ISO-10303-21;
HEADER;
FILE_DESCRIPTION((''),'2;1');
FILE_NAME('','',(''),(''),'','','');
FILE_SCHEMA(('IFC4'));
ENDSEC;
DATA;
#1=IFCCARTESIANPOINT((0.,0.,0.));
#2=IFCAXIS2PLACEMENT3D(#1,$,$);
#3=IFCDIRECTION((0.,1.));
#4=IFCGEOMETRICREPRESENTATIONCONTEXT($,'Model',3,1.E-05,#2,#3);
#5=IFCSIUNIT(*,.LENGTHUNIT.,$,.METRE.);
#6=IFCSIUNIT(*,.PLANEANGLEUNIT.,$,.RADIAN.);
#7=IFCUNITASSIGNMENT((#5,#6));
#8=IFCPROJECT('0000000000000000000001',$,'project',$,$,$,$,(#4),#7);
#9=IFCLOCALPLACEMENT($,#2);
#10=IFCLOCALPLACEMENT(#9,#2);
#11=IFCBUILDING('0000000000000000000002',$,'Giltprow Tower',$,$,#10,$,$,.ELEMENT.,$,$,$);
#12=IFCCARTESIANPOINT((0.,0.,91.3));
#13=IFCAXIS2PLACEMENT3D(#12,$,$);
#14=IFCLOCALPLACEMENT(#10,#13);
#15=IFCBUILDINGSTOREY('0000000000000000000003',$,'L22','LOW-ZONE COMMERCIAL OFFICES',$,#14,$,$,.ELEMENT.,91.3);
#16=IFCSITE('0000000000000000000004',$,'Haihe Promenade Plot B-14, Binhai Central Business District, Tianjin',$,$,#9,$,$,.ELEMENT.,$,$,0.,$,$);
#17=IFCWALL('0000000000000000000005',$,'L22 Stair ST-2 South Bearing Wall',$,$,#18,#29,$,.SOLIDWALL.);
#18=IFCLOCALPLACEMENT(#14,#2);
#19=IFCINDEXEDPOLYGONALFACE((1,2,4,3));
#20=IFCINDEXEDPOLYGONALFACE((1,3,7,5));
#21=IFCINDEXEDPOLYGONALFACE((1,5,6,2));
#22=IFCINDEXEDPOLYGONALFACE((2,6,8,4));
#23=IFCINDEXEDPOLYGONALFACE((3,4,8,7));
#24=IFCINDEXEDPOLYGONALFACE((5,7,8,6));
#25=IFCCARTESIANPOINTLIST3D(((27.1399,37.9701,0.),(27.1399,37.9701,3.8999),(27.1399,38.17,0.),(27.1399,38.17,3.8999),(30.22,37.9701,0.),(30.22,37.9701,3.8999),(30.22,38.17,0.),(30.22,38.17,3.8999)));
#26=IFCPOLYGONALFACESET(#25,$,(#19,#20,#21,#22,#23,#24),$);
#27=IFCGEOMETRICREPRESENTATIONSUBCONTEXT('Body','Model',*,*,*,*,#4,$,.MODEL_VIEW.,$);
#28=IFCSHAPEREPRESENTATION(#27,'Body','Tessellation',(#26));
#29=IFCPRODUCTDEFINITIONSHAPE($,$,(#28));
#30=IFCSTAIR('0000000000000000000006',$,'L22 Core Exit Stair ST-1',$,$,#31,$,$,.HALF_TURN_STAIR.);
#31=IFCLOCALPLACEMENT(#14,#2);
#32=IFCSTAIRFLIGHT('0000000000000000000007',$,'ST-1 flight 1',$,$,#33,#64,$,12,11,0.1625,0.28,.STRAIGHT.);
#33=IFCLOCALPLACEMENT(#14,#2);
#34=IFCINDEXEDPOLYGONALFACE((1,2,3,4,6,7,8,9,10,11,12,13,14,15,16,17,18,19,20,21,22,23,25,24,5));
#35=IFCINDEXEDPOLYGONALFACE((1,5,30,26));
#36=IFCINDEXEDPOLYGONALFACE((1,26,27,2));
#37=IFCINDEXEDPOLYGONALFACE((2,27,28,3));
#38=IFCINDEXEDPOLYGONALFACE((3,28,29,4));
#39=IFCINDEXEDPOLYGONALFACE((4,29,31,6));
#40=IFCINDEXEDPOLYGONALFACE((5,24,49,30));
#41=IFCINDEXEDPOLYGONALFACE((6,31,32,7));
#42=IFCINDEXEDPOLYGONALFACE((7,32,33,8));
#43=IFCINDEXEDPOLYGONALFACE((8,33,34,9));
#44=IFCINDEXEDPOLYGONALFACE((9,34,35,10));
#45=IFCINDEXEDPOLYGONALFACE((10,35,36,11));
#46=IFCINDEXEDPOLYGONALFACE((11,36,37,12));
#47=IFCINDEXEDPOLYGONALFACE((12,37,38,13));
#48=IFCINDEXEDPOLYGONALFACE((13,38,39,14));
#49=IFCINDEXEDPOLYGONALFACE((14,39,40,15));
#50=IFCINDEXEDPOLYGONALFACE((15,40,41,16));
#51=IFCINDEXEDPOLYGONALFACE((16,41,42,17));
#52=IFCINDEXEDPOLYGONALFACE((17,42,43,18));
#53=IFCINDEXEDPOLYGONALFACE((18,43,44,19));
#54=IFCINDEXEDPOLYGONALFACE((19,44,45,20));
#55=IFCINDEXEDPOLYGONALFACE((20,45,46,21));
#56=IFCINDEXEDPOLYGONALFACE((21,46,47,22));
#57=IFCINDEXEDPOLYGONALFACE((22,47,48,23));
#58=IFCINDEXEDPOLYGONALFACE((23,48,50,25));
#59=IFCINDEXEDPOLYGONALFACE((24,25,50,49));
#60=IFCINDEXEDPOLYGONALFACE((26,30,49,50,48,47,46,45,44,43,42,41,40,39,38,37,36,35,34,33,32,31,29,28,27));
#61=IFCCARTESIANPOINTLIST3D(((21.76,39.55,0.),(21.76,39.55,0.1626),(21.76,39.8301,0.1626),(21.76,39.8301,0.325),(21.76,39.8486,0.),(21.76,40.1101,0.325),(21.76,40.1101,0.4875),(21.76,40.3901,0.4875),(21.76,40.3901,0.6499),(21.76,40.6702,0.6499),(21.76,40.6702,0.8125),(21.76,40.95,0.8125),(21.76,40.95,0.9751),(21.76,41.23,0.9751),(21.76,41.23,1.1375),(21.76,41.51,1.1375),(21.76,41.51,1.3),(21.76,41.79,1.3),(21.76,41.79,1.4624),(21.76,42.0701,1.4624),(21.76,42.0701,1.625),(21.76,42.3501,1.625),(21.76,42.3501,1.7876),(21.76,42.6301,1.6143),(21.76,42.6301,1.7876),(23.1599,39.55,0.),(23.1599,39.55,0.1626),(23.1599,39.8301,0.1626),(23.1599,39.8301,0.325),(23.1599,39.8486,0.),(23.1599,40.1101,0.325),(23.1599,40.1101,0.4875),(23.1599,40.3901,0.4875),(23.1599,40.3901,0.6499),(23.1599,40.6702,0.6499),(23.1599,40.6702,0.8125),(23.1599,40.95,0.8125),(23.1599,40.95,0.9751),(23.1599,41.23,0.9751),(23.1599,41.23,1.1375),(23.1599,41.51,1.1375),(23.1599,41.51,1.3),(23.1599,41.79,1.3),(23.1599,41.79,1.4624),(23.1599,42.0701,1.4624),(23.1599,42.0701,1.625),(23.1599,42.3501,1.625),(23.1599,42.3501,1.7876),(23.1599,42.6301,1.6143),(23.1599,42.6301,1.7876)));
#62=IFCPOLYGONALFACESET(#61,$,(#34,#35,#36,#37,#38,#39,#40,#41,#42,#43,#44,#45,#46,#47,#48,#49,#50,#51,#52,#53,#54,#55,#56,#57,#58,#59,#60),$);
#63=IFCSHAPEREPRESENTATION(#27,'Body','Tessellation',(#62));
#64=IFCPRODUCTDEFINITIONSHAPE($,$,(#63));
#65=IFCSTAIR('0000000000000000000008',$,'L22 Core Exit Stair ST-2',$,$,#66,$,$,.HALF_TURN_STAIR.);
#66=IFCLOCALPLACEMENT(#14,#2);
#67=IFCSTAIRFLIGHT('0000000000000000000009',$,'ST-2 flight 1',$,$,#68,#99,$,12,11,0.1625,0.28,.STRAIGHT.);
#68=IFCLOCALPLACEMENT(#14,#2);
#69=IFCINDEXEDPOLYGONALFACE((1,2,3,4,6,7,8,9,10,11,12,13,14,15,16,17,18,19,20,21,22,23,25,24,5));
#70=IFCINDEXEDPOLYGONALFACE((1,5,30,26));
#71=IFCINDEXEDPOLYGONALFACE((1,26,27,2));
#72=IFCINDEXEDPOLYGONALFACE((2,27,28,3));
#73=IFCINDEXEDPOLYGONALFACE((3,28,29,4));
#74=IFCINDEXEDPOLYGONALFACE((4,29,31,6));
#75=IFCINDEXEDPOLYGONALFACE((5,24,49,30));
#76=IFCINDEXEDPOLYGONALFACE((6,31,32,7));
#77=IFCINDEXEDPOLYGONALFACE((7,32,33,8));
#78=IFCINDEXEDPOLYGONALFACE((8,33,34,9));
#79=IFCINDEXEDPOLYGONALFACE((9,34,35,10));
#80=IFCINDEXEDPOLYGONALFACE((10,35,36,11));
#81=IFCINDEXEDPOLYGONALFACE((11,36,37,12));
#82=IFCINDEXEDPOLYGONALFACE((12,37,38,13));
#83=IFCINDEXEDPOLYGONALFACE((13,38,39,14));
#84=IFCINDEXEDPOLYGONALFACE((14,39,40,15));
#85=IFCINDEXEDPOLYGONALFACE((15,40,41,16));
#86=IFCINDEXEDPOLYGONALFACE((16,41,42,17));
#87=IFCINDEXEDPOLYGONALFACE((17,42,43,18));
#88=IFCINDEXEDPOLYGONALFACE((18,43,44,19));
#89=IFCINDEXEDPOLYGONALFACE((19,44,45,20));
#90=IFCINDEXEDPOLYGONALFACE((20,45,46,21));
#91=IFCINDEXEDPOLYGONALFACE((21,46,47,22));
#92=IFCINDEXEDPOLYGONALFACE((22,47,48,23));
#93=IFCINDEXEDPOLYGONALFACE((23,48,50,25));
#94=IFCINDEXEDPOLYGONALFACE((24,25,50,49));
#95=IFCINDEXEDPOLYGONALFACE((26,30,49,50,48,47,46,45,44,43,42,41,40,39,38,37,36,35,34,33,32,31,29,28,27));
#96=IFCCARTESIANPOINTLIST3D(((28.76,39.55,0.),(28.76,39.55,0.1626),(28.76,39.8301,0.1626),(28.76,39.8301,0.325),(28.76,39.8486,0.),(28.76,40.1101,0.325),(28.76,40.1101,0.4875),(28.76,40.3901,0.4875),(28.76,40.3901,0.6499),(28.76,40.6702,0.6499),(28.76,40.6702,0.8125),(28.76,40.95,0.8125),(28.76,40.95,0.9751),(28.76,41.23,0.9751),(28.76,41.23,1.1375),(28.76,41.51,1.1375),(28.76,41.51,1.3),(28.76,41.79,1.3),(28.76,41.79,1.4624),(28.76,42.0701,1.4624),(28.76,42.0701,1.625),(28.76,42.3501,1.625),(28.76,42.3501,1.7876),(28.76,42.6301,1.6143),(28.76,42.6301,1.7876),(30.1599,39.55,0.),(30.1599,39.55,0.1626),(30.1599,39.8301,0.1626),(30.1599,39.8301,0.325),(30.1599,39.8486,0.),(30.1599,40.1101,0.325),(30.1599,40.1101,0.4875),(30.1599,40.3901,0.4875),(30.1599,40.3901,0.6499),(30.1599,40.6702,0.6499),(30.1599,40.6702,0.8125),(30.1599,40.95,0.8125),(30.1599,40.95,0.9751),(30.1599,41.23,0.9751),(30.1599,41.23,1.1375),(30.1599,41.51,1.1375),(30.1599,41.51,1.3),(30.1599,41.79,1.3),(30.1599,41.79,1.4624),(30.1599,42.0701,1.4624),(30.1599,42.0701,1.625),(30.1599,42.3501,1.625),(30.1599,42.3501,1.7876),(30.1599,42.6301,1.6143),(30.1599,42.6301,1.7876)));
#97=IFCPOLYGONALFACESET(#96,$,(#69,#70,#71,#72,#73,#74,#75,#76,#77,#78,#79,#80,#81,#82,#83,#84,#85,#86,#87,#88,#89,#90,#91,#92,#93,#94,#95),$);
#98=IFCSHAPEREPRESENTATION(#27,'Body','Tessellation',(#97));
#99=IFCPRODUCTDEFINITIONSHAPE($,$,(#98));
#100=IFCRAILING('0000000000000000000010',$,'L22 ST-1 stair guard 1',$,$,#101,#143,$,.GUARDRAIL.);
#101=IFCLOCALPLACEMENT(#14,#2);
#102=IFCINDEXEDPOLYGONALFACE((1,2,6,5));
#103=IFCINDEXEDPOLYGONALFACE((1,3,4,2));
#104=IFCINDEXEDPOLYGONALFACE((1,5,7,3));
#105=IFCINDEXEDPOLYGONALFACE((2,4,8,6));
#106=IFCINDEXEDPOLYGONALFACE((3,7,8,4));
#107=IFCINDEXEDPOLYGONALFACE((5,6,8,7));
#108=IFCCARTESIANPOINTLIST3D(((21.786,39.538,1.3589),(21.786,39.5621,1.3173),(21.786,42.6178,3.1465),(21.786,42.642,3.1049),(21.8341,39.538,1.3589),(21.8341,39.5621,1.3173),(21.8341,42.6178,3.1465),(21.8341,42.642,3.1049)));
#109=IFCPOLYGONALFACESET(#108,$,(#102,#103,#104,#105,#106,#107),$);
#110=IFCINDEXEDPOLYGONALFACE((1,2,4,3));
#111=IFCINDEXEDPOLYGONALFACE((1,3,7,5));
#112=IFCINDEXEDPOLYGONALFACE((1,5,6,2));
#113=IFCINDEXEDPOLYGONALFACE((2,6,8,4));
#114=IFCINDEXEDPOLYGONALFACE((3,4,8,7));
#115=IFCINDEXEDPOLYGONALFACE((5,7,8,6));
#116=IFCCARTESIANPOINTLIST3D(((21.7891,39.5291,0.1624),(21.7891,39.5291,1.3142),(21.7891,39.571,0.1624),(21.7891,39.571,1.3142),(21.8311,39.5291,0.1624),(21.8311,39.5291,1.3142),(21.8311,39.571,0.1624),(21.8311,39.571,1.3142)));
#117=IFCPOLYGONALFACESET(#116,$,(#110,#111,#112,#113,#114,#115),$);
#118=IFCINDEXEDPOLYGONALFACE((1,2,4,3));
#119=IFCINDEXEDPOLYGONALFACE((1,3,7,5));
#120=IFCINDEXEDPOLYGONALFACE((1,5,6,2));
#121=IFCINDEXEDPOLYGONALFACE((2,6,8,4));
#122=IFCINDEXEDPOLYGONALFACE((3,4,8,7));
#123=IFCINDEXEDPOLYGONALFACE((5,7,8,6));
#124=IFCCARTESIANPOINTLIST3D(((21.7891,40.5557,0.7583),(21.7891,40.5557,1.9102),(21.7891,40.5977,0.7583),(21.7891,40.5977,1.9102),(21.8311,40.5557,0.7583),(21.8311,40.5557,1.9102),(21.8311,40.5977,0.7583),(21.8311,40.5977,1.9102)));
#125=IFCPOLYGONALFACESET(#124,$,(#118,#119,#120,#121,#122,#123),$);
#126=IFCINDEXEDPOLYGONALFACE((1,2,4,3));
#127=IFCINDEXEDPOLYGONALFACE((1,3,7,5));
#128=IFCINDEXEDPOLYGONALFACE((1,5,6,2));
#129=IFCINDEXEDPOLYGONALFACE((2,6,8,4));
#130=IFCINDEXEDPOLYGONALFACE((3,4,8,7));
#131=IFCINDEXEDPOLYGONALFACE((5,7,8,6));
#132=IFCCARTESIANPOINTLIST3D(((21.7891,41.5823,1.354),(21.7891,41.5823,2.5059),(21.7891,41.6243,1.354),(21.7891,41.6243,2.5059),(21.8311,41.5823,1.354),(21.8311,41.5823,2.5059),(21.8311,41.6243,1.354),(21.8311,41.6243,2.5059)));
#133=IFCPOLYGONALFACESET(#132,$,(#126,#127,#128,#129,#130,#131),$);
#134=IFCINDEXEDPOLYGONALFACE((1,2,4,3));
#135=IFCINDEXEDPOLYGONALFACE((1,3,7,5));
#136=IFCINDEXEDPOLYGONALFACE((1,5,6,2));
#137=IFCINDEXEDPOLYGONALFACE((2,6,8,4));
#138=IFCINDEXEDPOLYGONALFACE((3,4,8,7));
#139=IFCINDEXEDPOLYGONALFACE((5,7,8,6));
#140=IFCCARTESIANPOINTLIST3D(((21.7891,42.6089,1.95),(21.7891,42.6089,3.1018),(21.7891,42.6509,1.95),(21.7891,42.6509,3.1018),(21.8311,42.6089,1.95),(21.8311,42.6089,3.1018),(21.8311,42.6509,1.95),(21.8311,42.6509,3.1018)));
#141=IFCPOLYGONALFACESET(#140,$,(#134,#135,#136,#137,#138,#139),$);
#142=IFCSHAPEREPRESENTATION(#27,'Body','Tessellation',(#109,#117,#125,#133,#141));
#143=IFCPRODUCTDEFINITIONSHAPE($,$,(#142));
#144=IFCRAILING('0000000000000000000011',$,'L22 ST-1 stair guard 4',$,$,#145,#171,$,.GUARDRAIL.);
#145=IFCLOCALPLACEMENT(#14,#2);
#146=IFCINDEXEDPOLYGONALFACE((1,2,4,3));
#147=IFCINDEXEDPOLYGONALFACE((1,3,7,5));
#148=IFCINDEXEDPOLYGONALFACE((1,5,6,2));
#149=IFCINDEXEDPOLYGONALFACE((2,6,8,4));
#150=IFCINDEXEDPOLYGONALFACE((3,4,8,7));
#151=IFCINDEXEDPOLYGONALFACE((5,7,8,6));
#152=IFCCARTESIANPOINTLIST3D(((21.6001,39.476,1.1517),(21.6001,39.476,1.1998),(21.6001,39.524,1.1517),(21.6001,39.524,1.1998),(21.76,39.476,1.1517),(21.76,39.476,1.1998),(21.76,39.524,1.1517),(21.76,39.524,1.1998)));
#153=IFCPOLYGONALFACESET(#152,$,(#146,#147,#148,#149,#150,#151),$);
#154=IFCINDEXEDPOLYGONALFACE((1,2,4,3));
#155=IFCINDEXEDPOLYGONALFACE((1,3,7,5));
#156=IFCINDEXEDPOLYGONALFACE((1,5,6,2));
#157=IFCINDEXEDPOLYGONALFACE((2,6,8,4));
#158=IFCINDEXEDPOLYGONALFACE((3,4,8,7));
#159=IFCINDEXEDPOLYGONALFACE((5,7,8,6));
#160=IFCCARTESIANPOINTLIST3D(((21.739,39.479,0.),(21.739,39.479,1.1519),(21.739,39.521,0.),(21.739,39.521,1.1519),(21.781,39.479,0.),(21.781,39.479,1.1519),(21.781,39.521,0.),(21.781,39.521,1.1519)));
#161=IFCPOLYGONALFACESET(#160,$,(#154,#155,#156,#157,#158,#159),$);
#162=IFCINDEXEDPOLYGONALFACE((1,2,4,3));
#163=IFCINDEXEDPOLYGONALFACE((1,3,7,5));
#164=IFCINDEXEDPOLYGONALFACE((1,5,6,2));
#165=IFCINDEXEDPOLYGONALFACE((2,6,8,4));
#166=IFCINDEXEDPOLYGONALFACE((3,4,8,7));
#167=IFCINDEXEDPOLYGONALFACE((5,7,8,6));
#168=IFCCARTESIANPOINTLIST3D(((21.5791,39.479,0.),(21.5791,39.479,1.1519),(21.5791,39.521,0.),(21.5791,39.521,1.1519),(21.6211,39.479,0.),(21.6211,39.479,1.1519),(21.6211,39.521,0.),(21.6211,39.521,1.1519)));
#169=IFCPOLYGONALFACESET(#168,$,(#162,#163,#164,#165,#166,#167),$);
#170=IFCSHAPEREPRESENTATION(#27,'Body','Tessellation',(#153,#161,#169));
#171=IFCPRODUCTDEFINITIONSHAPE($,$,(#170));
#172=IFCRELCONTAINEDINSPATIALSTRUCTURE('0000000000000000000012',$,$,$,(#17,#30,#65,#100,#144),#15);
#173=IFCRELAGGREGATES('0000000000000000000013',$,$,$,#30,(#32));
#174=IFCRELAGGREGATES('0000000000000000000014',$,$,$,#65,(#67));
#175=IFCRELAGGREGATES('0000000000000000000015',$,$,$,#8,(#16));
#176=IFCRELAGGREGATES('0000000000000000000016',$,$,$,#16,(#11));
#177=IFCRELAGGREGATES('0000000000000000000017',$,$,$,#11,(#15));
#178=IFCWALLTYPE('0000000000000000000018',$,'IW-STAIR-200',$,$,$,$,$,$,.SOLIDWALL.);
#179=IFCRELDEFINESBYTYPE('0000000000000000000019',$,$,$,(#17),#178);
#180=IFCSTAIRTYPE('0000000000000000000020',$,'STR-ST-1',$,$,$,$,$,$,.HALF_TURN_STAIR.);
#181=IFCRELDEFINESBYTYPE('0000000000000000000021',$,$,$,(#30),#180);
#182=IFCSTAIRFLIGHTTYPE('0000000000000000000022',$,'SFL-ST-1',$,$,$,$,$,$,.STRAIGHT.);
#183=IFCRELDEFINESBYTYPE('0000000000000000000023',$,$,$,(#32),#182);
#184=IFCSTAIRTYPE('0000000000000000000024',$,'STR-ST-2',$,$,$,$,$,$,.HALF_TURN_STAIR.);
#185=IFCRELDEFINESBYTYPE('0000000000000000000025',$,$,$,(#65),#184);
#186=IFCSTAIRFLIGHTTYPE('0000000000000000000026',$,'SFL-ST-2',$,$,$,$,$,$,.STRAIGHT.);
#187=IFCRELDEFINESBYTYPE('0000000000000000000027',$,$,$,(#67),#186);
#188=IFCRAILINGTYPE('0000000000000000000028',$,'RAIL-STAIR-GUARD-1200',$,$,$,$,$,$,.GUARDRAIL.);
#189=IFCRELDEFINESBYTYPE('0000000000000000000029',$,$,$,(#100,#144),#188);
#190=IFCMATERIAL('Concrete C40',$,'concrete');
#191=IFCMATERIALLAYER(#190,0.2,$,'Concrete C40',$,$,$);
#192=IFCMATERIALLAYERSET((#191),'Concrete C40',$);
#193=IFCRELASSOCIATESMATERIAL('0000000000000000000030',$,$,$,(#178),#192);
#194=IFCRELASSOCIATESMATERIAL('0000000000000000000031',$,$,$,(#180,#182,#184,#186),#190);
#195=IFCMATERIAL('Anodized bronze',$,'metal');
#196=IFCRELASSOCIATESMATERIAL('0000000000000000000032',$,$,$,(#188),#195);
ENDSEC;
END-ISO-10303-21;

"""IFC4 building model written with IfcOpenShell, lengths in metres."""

from ifc_helpers import new_model, si_unit, direction, frame, frame_2d, origin, origin_2d, place, context, subcontext, project, spatial, polyline, rectangle, outline, extrude, material, layer, layer_set, type_object, element, aggregate, save


model = new_model("IFC4")

# Units and contexts
model_context = context("Model", 3, precision=1e-05, world=origin(), true_north=direction((0.0, 1.0)))
body_context = subcontext(model_context, "Body", "Model", "MODEL_VIEW")
ifc_project = project(units=[si_unit("LENGTHUNIT", "METRE"), si_unit("PLANEANGLEUNIT", "RADIAN")], contexts=[model_context])

# Site, building, storey
site_placement = place(None, origin())
site = spatial("IfcSite", under=ifc_project, at=site_placement, Name="Haihe Promenade Plot B-14, Binhai Central Business District, Tianjin", CompositionType="ELEMENT", RefElevation=0.0)
building_placement = place(site_placement, origin())
building = spatial("IfcBuilding", under=site, at=building_placement, Name="Giltprow Tower", CompositionType="ELEMENT")
storey_placement = place(building_placement, frame((0.0, 0.0, 91.3)))
storey = spatial("IfcBuildingStorey", under=building, at=storey_placement, Name="L22", Description="LOW-ZONE COMMERCIAL OFFICES", CompositionType="ELEMENT", Elevation=91.3)

# Shared definitions
ifc_material_1 = material(Name="Concrete C40", Category="concrete")
ifc_layer = layer(ifc_material_1, 0.2, Name="Concrete C40")
ifc_layer_set = layer_set([ifc_layer], Name="Concrete C40")
wall_type = type_object("IfcWallType", Name="IW-STAIR-200", PredefinedType="SOLIDWALL", material=ifc_layer_set)

# Wall
wall_1_placement = place(storey_placement, frame((27.1399, 38.0701, 0.0), z_axis=(0.0, 0.0, 1.0), x_axis=(1.0, 0.0, 0.0)))
element("IfcWall", 1, at=wall_1_placement, inside=storey, type_object=wall_type, Name="L22 Stair ST-2 South Bearing Wall", PredefinedType="SOLIDWALL", context=body_context, shape_type="SweptSolid", body=[
    extrude(rectangle(XDim=3.0801, YDim=0.2, at=frame_2d((1.54, 0.0))), origin(), (0.0, 0.0, 1.0), 3.8999),
])

# Stairs, stair flights
stair_type_1 = type_object("IfcStairType", Name="STR-ST-1", PredefinedType="HALF_TURN_STAIR", material=ifc_material_1)
stair_1_placement = place(storey_placement, origin())
stair_1 = element("IfcStair", 2, at=stair_1_placement, inside=storey, type_object=stair_type_1, Name="L22 Core Exit Stair ST-1", PredefinedType="HALF_TURN_STAIR")
stair_flight_type_1 = type_object("IfcStairFlightType", Name="SFL-ST-1", PredefinedType="STRAIGHT", material=ifc_material_1)
stair_flight_1_placement = place(storey_placement, frame((22.46, 39.55, 0.0), z_axis=(0.0, 0.0, 1.0), x_axis=(0.0, 1.0, 0.0)))
stair_flight_1 = element("IfcStairFlight", 3, at=stair_flight_1_placement, type_object=stair_flight_type_1, Name="ST-1 flight 1", NumberOfRisers=12, NumberOfTreads=11, PredefinedType="STRAIGHT", RiserHeight=0.1625, TreadLength=0.28, context=body_context, shape_type="SweptSolid", body=[
    extrude(outline(polyline([(0.0, 0.0), (0.0, 0.1626), (0.28, 0.1626), (0.28, 0.325), (0.5601, 0.325), (0.5601, 0.4875), (0.8401, 0.4875), (0.8401, 0.6499), (1.1201, 0.6499), (1.1201, 0.8125), (1.3999, 0.8125), (1.3999, 0.9751), (1.6799, 0.9751), (1.6799, 1.1375), (1.96, 1.1375), (1.96, 1.3), (2.24, 1.3), (2.24, 1.4624), (2.52, 1.4624), (2.52, 1.625), (2.8, 1.625), (2.8, 1.7876), (3.0801, 1.7876), (3.0801, 1.95), (3.0801, 1.6143), (0.2986, 0.0), (0.0, 0.0)])), frame((0.0, 0.7, 0.0), z_axis=(0.0, -1.0, 0.0), x_axis=(1.0, 0.0, 0.0)), (0.0, 0.0, 1.0), 1.3999),
])
aggregate(stair_1, [stair_flight_1])
stair_type_2 = type_object("IfcStairType", Name="STR-ST-2", PredefinedType="HALF_TURN_STAIR", material=ifc_material_1)
stair_2_placement = place(storey_placement, origin())
stair_2 = element("IfcStair", 4, at=stair_2_placement, inside=storey, type_object=stair_type_2, Name="L22 Core Exit Stair ST-2", PredefinedType="HALF_TURN_STAIR")
stair_flight_type_2 = type_object("IfcStairFlightType", Name="SFL-ST-2", PredefinedType="STRAIGHT", material=ifc_material_1)
stair_flight_2_placement = place(storey_placement, frame((29.46, 39.55, 0.0), z_axis=(0.0, 0.0, 1.0), x_axis=(0.0, 1.0, 0.0)))
stair_flight_2 = element("IfcStairFlight", 5, at=stair_flight_2_placement, type_object=stair_flight_type_2, Name="ST-2 flight 1", NumberOfRisers=12, NumberOfTreads=11, PredefinedType="STRAIGHT", RiserHeight=0.1625, TreadLength=0.28, context=body_context, shape_type="SweptSolid", body=[
    extrude(outline(polyline([(0.0, 0.0), (0.0, 0.1626), (0.28, 0.1626), (0.28, 0.325), (0.5601, 0.325), (0.5601, 0.4875), (0.8401, 0.4875), (0.8401, 0.6499), (1.1201, 0.6499), (1.1201, 0.8125), (1.3999, 0.8125), (1.3999, 0.9751), (1.6799, 0.9751), (1.6799, 1.1375), (1.96, 1.1375), (1.96, 1.3), (2.24, 1.3), (2.24, 1.4624), (2.52, 1.4624), (2.52, 1.625), (2.8, 1.625), (2.8, 1.7876), (3.0801, 1.7876), (3.0801, 1.95), (3.0801, 1.6143), (0.2986, 0.0), (0.0, 0.0)])), frame((0.0, 0.7, 0.0), z_axis=(0.0, -1.0, 0.0), x_axis=(1.0, 0.0, 0.0)), (0.0, 0.0, 1.0), 1.3999),
])
aggregate(stair_2, [stair_flight_2])

# Railings
ifc_material_2 = material(Name="Anodized bronze", Category="metal")
railing_type_1 = type_object("IfcRailingType", Name="RAIL-STAIR-GUARD-1200", PredefinedType="GUARDRAIL", material=ifc_material_2)
railing_1_placement = place(storey_placement, frame((21.8101, 39.55, 0.1624)))
element("IfcRailing", 6, at=railing_1_placement, inside=storey, type_object=railing_type_1, Name="L22 ST-1 stair guard 1", PredefinedType="GUARDRAIL", context=body_context, shape_type="SweptSolid", body=[
    extrude(rectangle(XDim=0.0481, YDim=0.0481, at=origin_2d()), frame((0.0, 0.0, 1.1758), z_axis=(0.0, 0.864873, 0.50199), x_axis=(-1.0, 0.0, 0.0)), (0.0, 0.0, 1.0), 3.561),
    extrude(rectangle(XDim=0.042, YDim=0.042, at=origin_2d()), origin(), (0.0, 0.0, 1.0), 1.1519),
    extrude(rectangle(XDim=0.042, YDim=0.042, at=origin_2d()), frame((0.0, 1.0266, 0.5959)), (0.0, 0.0, 1.0), 1.1519),
    extrude(rectangle(XDim=0.042, YDim=0.042, at=origin_2d()), frame((0.0, 2.0532, 1.1917)), (0.0, 0.0, 1.0), 1.1519),
    extrude(rectangle(XDim=0.042, YDim=0.042, at=origin_2d()), frame((0.0, 3.0798, 1.7876)), (0.0, 0.0, 1.0), 1.1519),
])
railing_2_placement = place(storey_placement, frame((21.76, 39.5, 0.0)))
element("IfcRailing", 7, at=railing_2_placement, inside=storey, type_object=railing_type_1, Name="L22 ST-1 stair guard 4", PredefinedType="GUARDRAIL", context=body_context, shape_type="SweptSolid", body=[
    extrude(rectangle(XDim=0.0481, YDim=0.0481, at=origin_2d()), frame((0.0, 0.0, 1.1758), z_axis=(-1.0, 0.0, 0.0), x_axis=(0.0, -1.0, 0.0)), (0.0, 0.0, 1.0), 0.1599),
    extrude(rectangle(XDim=0.042, YDim=0.042, at=origin_2d()), origin(), (0.0, 0.0, 1.0), 1.1519),
    extrude(rectangle(XDim=0.042, YDim=0.042, at=origin_2d()), frame((-0.1599, 0.0, 0.0)), (0.0, 0.0, 1.0), 1.1519),
])

save(model, "model.ifc")
